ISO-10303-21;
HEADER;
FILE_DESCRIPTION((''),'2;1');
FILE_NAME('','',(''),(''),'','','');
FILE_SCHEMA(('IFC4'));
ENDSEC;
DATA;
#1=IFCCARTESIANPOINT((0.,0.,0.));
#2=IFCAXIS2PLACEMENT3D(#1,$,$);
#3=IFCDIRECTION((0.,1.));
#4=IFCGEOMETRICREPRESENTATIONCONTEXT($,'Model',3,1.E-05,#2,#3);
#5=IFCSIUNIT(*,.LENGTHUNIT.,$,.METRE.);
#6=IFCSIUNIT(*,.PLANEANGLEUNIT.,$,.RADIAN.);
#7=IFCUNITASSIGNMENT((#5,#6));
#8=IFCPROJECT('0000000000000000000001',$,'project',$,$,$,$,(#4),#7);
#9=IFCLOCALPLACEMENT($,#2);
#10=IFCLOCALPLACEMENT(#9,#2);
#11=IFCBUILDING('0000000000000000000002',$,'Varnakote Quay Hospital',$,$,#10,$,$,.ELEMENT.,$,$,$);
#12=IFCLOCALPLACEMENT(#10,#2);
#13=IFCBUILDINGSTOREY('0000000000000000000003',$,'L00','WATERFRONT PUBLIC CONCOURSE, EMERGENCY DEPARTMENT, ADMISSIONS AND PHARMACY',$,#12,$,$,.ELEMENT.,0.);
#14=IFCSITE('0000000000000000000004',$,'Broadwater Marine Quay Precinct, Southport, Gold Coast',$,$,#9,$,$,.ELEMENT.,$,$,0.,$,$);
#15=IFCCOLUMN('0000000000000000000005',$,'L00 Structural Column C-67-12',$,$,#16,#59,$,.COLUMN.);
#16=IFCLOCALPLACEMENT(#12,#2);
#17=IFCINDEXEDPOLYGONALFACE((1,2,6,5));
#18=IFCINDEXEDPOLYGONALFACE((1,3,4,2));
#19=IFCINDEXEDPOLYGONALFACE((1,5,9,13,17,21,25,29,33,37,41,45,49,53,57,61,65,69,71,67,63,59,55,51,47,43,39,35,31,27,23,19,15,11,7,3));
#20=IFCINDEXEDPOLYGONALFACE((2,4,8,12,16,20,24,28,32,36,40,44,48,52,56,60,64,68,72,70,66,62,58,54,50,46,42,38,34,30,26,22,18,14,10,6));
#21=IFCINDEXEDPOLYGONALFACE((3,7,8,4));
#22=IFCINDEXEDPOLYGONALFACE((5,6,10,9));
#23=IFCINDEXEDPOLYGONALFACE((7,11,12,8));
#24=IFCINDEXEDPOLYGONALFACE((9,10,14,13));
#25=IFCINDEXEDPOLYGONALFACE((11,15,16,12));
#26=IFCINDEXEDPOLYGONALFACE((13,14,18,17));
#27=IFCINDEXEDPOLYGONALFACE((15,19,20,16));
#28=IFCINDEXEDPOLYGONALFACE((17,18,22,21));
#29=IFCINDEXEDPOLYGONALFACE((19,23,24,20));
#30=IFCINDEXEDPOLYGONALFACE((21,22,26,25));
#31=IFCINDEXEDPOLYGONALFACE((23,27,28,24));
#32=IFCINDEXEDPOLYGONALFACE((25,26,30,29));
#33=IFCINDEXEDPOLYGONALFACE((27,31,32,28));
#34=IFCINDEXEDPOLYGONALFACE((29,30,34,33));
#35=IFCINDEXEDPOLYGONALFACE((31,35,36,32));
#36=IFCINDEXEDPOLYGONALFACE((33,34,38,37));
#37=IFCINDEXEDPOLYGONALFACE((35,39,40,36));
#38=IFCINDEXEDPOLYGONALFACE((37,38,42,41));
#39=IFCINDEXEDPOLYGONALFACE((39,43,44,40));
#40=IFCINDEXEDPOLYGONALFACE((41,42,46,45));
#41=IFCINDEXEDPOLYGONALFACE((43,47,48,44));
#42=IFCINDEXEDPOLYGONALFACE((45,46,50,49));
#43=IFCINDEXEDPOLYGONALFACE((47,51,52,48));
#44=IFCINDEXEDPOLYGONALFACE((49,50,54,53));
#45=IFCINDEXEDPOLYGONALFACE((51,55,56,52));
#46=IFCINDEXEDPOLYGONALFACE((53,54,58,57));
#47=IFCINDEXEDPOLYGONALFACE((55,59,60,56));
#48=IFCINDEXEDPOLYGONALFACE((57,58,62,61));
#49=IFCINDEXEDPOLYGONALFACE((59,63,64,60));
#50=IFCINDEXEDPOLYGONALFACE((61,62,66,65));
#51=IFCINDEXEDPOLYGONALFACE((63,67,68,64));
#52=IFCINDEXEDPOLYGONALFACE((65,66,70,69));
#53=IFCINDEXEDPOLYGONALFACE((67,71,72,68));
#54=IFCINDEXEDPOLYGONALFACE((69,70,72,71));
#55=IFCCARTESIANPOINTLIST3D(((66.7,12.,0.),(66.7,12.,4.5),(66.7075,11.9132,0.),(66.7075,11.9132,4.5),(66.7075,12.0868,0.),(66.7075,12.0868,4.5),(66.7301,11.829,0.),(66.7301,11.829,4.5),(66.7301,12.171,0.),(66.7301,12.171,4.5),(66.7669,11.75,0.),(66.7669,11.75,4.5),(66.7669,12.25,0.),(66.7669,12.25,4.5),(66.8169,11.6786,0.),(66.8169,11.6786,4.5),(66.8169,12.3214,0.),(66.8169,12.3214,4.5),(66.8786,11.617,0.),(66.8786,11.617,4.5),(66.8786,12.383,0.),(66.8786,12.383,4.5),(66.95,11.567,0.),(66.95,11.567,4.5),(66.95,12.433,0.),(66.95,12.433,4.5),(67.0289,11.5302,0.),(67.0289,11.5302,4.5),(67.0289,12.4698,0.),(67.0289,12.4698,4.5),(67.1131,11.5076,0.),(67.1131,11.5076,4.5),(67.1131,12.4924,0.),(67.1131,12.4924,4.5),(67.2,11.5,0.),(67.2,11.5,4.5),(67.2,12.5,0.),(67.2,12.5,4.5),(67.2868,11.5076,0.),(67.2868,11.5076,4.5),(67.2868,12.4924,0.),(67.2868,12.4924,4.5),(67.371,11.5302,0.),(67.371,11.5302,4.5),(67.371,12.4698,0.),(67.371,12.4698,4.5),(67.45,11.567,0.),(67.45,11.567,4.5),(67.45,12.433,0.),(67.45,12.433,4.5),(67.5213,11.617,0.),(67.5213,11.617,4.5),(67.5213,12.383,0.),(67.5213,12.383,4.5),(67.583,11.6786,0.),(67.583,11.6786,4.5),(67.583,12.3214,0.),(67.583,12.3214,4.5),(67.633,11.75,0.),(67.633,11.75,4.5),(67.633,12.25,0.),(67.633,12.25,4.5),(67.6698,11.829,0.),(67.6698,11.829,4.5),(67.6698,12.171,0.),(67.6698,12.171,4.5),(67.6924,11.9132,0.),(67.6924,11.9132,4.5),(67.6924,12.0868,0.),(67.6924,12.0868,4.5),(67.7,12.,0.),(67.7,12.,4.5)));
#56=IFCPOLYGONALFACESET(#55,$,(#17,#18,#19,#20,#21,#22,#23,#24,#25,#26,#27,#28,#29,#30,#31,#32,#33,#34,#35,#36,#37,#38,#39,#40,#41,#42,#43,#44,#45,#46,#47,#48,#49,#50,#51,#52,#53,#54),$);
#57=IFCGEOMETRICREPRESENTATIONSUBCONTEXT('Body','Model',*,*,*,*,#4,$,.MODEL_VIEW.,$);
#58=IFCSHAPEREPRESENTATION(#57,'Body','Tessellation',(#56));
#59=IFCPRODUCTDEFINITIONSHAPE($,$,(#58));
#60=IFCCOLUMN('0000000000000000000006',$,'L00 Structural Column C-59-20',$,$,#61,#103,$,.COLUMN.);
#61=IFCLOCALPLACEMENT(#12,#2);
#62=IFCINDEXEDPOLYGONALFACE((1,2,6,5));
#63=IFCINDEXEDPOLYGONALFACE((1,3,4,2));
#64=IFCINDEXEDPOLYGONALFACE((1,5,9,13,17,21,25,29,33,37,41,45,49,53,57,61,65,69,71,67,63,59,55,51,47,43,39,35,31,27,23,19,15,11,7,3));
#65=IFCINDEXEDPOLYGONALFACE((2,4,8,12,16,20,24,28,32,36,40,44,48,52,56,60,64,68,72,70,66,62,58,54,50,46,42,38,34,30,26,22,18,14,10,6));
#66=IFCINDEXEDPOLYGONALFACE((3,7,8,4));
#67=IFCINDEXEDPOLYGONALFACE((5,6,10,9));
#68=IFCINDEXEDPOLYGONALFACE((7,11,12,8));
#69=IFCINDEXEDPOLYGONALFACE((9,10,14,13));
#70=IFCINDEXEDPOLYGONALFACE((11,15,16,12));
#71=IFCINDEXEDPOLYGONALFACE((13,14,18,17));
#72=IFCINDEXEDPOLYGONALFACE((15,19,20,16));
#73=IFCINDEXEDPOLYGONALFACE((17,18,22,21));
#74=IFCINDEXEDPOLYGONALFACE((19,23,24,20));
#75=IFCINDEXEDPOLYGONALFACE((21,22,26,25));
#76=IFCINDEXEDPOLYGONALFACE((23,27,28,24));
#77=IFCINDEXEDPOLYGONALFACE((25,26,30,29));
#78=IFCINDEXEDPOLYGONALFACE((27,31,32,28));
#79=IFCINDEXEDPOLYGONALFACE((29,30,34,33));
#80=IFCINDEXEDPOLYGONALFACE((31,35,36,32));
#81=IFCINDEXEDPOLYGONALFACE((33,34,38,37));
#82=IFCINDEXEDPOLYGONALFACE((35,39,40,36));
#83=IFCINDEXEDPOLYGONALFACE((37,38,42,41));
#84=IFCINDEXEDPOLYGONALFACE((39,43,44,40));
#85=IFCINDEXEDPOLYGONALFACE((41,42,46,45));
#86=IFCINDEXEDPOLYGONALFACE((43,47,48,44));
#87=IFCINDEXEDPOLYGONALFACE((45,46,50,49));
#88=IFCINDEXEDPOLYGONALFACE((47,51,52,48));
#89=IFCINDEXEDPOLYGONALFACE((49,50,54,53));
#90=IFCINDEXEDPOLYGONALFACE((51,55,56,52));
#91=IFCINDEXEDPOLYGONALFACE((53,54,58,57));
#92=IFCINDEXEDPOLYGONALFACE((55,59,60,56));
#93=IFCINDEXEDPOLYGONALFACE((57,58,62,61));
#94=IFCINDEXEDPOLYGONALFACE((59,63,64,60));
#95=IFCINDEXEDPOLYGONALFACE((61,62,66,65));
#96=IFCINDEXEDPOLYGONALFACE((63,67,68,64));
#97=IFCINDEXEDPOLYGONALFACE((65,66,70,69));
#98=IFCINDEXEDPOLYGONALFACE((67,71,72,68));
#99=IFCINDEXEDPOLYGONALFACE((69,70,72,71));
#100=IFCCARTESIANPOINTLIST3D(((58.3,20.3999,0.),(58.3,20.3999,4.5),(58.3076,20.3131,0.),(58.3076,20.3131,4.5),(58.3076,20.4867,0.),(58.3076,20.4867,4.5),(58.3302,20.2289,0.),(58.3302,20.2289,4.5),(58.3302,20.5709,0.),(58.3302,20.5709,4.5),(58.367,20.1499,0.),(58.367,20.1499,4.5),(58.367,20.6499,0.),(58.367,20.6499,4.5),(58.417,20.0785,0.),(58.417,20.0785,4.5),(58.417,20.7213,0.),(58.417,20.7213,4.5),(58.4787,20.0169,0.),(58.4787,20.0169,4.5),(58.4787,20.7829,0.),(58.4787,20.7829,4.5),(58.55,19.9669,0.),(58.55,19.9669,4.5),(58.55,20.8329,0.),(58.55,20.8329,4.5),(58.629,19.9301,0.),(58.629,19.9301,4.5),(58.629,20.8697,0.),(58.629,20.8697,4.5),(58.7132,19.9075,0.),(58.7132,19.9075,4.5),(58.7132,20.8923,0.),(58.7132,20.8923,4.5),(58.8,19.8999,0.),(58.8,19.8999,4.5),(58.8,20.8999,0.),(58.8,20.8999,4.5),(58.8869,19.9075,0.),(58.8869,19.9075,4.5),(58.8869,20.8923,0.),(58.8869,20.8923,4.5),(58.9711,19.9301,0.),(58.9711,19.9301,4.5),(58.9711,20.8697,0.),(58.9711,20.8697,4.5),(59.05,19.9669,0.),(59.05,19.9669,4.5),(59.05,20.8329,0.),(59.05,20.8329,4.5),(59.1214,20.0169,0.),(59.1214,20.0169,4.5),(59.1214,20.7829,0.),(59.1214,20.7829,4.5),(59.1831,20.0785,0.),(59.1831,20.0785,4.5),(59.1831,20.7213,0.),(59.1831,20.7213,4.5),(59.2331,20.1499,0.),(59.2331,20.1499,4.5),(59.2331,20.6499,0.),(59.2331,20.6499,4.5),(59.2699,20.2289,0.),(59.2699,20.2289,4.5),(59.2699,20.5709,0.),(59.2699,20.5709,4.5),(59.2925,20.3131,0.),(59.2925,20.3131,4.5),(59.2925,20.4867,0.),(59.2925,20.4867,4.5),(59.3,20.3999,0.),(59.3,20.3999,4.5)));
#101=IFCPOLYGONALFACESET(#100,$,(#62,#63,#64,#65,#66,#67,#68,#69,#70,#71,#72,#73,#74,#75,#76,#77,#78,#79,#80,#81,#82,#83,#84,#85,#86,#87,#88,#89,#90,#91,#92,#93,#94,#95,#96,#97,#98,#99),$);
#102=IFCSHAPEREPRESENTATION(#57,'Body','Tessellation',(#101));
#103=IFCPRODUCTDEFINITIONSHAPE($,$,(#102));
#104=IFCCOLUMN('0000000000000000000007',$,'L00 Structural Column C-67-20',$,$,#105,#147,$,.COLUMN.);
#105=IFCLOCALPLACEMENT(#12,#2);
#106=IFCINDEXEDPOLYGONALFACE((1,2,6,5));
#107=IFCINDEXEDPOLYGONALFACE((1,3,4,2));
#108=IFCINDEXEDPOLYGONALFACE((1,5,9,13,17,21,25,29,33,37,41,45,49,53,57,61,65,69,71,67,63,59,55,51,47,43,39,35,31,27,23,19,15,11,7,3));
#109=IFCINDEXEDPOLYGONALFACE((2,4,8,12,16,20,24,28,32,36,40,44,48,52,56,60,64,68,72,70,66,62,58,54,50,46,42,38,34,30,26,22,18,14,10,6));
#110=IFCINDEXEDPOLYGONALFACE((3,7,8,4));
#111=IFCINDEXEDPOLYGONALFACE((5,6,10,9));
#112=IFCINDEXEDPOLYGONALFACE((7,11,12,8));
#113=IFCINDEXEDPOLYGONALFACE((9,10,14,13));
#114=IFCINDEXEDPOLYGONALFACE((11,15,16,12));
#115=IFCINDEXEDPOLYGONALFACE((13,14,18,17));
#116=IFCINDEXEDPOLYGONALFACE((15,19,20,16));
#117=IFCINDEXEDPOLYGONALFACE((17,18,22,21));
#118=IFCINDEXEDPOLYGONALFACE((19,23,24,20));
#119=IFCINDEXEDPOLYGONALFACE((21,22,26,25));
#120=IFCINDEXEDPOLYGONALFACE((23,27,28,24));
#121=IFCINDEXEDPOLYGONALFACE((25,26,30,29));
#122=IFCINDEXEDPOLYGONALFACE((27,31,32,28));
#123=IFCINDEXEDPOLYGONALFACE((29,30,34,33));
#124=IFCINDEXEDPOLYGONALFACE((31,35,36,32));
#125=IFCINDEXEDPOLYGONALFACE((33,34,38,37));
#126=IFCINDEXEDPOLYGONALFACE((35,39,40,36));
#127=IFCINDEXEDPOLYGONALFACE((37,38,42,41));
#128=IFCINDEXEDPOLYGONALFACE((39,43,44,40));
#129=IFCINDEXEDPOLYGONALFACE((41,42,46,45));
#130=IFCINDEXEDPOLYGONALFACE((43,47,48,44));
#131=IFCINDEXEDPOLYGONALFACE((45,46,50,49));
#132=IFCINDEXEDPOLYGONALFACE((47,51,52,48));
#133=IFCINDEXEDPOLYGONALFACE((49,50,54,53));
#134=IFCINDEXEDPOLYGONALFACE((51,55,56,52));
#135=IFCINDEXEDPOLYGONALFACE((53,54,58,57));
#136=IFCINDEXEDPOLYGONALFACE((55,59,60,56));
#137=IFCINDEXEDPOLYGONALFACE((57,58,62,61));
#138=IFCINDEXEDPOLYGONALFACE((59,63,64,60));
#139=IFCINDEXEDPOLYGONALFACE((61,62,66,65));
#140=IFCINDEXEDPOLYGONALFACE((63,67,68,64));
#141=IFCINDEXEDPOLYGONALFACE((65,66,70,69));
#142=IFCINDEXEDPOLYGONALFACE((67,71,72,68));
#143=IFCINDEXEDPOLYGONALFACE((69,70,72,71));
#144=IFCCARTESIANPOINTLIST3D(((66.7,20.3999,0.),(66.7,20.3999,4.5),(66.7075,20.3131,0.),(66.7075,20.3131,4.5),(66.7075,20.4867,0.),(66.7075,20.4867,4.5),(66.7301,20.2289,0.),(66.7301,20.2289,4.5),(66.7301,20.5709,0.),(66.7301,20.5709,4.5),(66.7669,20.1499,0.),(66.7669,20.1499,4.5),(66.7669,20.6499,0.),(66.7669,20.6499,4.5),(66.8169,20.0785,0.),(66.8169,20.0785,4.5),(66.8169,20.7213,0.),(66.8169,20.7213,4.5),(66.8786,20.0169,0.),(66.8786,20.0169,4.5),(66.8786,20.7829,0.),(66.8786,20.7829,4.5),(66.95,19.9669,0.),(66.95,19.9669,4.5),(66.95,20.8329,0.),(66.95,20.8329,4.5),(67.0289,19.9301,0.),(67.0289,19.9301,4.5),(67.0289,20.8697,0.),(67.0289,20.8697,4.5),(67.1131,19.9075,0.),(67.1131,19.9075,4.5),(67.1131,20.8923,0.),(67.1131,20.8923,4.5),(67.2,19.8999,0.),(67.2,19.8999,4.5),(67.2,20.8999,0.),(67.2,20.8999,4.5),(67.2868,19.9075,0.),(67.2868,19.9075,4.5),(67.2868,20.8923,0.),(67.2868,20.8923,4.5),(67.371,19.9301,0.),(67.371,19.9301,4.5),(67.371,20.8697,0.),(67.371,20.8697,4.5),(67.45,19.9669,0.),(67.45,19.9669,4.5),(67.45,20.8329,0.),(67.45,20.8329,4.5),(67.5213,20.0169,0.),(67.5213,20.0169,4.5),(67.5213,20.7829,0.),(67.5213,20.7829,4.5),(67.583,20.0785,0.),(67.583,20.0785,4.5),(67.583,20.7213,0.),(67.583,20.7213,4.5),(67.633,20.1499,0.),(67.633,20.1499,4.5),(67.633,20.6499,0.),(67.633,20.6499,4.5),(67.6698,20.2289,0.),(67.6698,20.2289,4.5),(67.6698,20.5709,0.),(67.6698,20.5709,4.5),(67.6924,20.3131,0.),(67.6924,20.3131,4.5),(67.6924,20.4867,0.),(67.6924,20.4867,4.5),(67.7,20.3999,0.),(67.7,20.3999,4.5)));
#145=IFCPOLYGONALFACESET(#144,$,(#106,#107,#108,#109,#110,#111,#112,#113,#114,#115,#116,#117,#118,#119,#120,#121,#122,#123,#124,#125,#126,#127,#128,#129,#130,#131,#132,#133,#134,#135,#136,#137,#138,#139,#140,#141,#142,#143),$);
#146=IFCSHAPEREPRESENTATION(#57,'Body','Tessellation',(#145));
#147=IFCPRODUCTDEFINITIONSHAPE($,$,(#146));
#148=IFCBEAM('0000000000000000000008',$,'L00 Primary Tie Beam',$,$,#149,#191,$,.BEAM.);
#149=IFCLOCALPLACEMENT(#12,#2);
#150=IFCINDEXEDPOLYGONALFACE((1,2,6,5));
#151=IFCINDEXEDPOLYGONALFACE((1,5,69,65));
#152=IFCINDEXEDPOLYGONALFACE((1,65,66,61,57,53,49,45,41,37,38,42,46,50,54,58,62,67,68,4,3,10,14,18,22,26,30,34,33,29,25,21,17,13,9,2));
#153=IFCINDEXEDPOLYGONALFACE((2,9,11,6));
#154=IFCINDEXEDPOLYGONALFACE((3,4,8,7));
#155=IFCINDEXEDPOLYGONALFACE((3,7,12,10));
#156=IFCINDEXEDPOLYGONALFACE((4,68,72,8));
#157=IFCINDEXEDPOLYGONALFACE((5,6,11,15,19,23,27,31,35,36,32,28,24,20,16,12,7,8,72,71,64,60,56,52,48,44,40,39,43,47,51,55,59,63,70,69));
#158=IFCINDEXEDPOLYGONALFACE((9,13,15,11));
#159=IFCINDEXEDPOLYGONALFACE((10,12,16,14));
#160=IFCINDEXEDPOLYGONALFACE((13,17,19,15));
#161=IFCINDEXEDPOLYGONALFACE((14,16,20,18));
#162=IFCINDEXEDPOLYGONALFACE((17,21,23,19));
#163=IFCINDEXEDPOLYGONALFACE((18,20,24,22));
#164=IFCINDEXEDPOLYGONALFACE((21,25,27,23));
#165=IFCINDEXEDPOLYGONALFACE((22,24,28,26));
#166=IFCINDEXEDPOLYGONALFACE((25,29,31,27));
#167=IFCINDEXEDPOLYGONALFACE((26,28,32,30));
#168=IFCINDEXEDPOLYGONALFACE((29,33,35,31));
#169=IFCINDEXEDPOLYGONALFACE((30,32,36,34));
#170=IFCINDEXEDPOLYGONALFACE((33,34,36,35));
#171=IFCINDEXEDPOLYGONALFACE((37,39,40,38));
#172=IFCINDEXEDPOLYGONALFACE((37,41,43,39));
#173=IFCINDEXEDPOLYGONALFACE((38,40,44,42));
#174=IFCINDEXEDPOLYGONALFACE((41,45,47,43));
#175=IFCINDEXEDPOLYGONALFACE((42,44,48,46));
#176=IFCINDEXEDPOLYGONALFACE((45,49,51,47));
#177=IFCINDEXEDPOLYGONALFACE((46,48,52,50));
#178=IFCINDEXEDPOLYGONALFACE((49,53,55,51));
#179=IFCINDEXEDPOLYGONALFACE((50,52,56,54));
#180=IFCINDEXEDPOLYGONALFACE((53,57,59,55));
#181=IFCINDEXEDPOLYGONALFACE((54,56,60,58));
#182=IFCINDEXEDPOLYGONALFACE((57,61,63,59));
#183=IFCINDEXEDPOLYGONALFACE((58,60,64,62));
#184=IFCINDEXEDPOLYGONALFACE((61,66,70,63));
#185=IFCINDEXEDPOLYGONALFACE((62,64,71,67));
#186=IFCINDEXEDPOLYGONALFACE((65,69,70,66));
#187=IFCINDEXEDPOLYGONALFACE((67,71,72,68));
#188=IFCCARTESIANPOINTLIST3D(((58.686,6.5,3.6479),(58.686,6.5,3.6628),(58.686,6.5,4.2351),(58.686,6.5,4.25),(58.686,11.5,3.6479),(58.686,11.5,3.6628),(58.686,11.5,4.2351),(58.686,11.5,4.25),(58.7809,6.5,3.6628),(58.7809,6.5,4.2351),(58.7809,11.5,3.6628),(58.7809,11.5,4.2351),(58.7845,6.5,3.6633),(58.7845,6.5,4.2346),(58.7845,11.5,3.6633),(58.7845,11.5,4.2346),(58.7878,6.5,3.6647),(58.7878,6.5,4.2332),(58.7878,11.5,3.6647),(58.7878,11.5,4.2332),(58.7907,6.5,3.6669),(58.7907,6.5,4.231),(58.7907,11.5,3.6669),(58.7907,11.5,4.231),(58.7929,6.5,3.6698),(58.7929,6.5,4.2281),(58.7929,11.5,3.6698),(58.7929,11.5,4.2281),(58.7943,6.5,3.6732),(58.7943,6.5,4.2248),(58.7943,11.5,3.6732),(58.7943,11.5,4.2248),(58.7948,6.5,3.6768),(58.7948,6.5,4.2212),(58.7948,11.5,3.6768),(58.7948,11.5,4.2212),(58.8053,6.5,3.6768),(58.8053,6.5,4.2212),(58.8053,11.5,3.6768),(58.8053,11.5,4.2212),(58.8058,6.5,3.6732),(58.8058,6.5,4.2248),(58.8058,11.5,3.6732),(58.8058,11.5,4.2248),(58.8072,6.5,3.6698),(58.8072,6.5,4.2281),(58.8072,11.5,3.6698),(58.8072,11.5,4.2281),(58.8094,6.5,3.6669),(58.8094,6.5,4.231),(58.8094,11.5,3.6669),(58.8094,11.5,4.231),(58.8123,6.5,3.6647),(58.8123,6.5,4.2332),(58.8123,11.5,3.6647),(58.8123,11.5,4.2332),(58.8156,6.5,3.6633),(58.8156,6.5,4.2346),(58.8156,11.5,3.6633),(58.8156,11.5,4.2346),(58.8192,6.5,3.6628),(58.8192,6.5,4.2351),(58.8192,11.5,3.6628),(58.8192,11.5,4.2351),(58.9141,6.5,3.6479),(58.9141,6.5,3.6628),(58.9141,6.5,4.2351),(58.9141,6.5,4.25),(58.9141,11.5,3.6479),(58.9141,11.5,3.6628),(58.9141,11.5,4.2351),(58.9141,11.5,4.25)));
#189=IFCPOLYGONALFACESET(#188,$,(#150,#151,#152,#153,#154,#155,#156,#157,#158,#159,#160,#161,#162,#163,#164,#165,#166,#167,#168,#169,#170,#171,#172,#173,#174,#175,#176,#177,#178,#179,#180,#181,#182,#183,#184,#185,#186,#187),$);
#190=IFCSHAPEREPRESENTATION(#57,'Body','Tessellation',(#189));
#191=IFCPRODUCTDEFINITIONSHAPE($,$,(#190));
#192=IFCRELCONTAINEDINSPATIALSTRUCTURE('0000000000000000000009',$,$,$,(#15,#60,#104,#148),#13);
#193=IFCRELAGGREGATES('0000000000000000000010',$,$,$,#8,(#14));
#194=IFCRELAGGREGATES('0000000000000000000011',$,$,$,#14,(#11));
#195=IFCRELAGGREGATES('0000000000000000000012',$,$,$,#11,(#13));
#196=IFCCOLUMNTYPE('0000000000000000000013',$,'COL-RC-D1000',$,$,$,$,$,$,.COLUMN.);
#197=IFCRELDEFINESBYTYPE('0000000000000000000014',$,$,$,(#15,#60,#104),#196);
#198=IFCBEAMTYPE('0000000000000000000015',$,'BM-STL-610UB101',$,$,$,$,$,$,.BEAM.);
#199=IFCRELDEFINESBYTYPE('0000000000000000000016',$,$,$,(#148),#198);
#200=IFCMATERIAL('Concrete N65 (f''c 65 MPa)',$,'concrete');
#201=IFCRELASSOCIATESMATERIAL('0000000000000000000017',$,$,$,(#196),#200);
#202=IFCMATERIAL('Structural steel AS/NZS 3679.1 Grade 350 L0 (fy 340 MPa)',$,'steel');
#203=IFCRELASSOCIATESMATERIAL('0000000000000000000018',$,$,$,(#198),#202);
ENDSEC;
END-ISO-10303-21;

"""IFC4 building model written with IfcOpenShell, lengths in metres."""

from ifc_helpers import new_model, si_unit, direction, frame, origin, origin_2d, place, context, subcontext, project, spatial, circle, i_section, extrude, material, material_profile, profile_set, type_object, element, save


model = new_model("IFC4")

# Units and contexts
model_context = context("Model", 3, precision=1e-05, world=origin(), true_north=direction((0.0, 1.0)))
body_context = subcontext(model_context, "Body", "Model", "MODEL_VIEW")
ifc_project = project(units=[si_unit("LENGTHUNIT", "METRE"), si_unit("PLANEANGLEUNIT", "RADIAN")], contexts=[model_context])

# Site, building, storey
site_placement = place(None, origin())
site = spatial("IfcSite", under=ifc_project, at=site_placement, Name="Broadwater Marine Quay Precinct, Southport, Gold Coast", CompositionType="ELEMENT", RefElevation=0.0)
building_placement = place(site_placement, origin())
building = spatial("IfcBuilding", under=site, at=building_placement, Name="Varnakote Quay Hospital", CompositionType="ELEMENT")
storey_placement = place(building_placement, origin())
storey = spatial("IfcBuildingStorey", under=building, at=storey_placement, Name="L00", Description="WATERFRONT PUBLIC CONCOURSE, EMERGENCY DEPARTMENT, ADMISSIONS AND PHARMACY", CompositionType="ELEMENT", Elevation=0.0)

# Columns
ifc_material_1 = material(Name="Concrete N65 (f'c 65 MPa)", Category="concrete")
ifc_material_profile_1 = material_profile(ifc_material_1, circle(Radius=0.5, at=origin_2d()), Name="RC-COL-D1000")
ifc_profile_set_1 = profile_set([ifc_material_profile_1], Name="Concrete N65 (f'c 65 MPa)")
column_type = type_object("IfcColumnType", Name="COL-RC-D1000", PredefinedType="COLUMN", material=ifc_profile_set_1)
for number, where, z_axis, x_axis, name in (
    (1, (67.2, 12.0, 0.0), (0.0, 0.0, 1.0), (1.0, 0.0, 0.0), "L00 Structural Column C-67-12"),
    (2, (58.8, 20.3999, 0.0), (0.0, 0.0, 1.0), (1.0, 0.0, 0.0), "L00 Structural Column C-59-20"),
    (3, (67.2, 20.3999, 0.0), (0.0, 0.0, 1.0), (1.0, 0.0, 0.0), "L00 Structural Column C-67-20"),
):
    element("IfcColumn", number, at=place(storey_placement, frame(where, z_axis=z_axis, x_axis=x_axis)), inside=storey, type_object=column_type, Name=name, PredefinedType="COLUMN", context=body_context, shape_type="SweptSolid", body=[
        extrude(circle(Radius=0.5, at=origin_2d()), origin(), (0.0, 0.0, 1.0), 4.5),
    ])

# Beam
ifc_material_2 = material(Name="Structural steel AS/NZS 3679.1 Grade 350 L0 (fy 340 MPa)", Category="steel")
ifc_material_profile_2 = material_profile(ifc_material_2, i_section(OverallWidth=0.228, OverallDepth=0.6021, WebThickness=0.0105, FlangeThickness=0.0149, FilletRadius=0.0139, at=origin_2d()), Name="610UB101")
ifc_profile_set_2 = profile_set([ifc_material_profile_2], Name="Structural steel AS/NZS 3679.1 Grade 350 L0 (fy 340 MPa)")
beam_type_1 = type_object("IfcBeamType", Name="BM-STL-610UB101", PredefinedType="BEAM", material=ifc_profile_set_2)
beam_1_placement = place(storey_placement, frame((58.8, 6.5, 3.949), z_axis=(0.0, 1.0, 0.0), x_axis=(-1.0, 0.0, 0.0)))
element("IfcBeam", 4, at=beam_1_placement, inside=storey, type_object=beam_type_1, Name="L00 Primary Tie Beam", PredefinedType="BEAM", context=body_context, shape_type="SweptSolid", body=[
    extrude(i_section(OverallWidth=0.228, OverallDepth=0.6021, WebThickness=0.0105, FlangeThickness=0.0149, FilletRadius=0.0139, at=origin_2d()), origin(), (0.0, 0.0, 1.0), 5.0),
])

save(model, "model.ifc")
